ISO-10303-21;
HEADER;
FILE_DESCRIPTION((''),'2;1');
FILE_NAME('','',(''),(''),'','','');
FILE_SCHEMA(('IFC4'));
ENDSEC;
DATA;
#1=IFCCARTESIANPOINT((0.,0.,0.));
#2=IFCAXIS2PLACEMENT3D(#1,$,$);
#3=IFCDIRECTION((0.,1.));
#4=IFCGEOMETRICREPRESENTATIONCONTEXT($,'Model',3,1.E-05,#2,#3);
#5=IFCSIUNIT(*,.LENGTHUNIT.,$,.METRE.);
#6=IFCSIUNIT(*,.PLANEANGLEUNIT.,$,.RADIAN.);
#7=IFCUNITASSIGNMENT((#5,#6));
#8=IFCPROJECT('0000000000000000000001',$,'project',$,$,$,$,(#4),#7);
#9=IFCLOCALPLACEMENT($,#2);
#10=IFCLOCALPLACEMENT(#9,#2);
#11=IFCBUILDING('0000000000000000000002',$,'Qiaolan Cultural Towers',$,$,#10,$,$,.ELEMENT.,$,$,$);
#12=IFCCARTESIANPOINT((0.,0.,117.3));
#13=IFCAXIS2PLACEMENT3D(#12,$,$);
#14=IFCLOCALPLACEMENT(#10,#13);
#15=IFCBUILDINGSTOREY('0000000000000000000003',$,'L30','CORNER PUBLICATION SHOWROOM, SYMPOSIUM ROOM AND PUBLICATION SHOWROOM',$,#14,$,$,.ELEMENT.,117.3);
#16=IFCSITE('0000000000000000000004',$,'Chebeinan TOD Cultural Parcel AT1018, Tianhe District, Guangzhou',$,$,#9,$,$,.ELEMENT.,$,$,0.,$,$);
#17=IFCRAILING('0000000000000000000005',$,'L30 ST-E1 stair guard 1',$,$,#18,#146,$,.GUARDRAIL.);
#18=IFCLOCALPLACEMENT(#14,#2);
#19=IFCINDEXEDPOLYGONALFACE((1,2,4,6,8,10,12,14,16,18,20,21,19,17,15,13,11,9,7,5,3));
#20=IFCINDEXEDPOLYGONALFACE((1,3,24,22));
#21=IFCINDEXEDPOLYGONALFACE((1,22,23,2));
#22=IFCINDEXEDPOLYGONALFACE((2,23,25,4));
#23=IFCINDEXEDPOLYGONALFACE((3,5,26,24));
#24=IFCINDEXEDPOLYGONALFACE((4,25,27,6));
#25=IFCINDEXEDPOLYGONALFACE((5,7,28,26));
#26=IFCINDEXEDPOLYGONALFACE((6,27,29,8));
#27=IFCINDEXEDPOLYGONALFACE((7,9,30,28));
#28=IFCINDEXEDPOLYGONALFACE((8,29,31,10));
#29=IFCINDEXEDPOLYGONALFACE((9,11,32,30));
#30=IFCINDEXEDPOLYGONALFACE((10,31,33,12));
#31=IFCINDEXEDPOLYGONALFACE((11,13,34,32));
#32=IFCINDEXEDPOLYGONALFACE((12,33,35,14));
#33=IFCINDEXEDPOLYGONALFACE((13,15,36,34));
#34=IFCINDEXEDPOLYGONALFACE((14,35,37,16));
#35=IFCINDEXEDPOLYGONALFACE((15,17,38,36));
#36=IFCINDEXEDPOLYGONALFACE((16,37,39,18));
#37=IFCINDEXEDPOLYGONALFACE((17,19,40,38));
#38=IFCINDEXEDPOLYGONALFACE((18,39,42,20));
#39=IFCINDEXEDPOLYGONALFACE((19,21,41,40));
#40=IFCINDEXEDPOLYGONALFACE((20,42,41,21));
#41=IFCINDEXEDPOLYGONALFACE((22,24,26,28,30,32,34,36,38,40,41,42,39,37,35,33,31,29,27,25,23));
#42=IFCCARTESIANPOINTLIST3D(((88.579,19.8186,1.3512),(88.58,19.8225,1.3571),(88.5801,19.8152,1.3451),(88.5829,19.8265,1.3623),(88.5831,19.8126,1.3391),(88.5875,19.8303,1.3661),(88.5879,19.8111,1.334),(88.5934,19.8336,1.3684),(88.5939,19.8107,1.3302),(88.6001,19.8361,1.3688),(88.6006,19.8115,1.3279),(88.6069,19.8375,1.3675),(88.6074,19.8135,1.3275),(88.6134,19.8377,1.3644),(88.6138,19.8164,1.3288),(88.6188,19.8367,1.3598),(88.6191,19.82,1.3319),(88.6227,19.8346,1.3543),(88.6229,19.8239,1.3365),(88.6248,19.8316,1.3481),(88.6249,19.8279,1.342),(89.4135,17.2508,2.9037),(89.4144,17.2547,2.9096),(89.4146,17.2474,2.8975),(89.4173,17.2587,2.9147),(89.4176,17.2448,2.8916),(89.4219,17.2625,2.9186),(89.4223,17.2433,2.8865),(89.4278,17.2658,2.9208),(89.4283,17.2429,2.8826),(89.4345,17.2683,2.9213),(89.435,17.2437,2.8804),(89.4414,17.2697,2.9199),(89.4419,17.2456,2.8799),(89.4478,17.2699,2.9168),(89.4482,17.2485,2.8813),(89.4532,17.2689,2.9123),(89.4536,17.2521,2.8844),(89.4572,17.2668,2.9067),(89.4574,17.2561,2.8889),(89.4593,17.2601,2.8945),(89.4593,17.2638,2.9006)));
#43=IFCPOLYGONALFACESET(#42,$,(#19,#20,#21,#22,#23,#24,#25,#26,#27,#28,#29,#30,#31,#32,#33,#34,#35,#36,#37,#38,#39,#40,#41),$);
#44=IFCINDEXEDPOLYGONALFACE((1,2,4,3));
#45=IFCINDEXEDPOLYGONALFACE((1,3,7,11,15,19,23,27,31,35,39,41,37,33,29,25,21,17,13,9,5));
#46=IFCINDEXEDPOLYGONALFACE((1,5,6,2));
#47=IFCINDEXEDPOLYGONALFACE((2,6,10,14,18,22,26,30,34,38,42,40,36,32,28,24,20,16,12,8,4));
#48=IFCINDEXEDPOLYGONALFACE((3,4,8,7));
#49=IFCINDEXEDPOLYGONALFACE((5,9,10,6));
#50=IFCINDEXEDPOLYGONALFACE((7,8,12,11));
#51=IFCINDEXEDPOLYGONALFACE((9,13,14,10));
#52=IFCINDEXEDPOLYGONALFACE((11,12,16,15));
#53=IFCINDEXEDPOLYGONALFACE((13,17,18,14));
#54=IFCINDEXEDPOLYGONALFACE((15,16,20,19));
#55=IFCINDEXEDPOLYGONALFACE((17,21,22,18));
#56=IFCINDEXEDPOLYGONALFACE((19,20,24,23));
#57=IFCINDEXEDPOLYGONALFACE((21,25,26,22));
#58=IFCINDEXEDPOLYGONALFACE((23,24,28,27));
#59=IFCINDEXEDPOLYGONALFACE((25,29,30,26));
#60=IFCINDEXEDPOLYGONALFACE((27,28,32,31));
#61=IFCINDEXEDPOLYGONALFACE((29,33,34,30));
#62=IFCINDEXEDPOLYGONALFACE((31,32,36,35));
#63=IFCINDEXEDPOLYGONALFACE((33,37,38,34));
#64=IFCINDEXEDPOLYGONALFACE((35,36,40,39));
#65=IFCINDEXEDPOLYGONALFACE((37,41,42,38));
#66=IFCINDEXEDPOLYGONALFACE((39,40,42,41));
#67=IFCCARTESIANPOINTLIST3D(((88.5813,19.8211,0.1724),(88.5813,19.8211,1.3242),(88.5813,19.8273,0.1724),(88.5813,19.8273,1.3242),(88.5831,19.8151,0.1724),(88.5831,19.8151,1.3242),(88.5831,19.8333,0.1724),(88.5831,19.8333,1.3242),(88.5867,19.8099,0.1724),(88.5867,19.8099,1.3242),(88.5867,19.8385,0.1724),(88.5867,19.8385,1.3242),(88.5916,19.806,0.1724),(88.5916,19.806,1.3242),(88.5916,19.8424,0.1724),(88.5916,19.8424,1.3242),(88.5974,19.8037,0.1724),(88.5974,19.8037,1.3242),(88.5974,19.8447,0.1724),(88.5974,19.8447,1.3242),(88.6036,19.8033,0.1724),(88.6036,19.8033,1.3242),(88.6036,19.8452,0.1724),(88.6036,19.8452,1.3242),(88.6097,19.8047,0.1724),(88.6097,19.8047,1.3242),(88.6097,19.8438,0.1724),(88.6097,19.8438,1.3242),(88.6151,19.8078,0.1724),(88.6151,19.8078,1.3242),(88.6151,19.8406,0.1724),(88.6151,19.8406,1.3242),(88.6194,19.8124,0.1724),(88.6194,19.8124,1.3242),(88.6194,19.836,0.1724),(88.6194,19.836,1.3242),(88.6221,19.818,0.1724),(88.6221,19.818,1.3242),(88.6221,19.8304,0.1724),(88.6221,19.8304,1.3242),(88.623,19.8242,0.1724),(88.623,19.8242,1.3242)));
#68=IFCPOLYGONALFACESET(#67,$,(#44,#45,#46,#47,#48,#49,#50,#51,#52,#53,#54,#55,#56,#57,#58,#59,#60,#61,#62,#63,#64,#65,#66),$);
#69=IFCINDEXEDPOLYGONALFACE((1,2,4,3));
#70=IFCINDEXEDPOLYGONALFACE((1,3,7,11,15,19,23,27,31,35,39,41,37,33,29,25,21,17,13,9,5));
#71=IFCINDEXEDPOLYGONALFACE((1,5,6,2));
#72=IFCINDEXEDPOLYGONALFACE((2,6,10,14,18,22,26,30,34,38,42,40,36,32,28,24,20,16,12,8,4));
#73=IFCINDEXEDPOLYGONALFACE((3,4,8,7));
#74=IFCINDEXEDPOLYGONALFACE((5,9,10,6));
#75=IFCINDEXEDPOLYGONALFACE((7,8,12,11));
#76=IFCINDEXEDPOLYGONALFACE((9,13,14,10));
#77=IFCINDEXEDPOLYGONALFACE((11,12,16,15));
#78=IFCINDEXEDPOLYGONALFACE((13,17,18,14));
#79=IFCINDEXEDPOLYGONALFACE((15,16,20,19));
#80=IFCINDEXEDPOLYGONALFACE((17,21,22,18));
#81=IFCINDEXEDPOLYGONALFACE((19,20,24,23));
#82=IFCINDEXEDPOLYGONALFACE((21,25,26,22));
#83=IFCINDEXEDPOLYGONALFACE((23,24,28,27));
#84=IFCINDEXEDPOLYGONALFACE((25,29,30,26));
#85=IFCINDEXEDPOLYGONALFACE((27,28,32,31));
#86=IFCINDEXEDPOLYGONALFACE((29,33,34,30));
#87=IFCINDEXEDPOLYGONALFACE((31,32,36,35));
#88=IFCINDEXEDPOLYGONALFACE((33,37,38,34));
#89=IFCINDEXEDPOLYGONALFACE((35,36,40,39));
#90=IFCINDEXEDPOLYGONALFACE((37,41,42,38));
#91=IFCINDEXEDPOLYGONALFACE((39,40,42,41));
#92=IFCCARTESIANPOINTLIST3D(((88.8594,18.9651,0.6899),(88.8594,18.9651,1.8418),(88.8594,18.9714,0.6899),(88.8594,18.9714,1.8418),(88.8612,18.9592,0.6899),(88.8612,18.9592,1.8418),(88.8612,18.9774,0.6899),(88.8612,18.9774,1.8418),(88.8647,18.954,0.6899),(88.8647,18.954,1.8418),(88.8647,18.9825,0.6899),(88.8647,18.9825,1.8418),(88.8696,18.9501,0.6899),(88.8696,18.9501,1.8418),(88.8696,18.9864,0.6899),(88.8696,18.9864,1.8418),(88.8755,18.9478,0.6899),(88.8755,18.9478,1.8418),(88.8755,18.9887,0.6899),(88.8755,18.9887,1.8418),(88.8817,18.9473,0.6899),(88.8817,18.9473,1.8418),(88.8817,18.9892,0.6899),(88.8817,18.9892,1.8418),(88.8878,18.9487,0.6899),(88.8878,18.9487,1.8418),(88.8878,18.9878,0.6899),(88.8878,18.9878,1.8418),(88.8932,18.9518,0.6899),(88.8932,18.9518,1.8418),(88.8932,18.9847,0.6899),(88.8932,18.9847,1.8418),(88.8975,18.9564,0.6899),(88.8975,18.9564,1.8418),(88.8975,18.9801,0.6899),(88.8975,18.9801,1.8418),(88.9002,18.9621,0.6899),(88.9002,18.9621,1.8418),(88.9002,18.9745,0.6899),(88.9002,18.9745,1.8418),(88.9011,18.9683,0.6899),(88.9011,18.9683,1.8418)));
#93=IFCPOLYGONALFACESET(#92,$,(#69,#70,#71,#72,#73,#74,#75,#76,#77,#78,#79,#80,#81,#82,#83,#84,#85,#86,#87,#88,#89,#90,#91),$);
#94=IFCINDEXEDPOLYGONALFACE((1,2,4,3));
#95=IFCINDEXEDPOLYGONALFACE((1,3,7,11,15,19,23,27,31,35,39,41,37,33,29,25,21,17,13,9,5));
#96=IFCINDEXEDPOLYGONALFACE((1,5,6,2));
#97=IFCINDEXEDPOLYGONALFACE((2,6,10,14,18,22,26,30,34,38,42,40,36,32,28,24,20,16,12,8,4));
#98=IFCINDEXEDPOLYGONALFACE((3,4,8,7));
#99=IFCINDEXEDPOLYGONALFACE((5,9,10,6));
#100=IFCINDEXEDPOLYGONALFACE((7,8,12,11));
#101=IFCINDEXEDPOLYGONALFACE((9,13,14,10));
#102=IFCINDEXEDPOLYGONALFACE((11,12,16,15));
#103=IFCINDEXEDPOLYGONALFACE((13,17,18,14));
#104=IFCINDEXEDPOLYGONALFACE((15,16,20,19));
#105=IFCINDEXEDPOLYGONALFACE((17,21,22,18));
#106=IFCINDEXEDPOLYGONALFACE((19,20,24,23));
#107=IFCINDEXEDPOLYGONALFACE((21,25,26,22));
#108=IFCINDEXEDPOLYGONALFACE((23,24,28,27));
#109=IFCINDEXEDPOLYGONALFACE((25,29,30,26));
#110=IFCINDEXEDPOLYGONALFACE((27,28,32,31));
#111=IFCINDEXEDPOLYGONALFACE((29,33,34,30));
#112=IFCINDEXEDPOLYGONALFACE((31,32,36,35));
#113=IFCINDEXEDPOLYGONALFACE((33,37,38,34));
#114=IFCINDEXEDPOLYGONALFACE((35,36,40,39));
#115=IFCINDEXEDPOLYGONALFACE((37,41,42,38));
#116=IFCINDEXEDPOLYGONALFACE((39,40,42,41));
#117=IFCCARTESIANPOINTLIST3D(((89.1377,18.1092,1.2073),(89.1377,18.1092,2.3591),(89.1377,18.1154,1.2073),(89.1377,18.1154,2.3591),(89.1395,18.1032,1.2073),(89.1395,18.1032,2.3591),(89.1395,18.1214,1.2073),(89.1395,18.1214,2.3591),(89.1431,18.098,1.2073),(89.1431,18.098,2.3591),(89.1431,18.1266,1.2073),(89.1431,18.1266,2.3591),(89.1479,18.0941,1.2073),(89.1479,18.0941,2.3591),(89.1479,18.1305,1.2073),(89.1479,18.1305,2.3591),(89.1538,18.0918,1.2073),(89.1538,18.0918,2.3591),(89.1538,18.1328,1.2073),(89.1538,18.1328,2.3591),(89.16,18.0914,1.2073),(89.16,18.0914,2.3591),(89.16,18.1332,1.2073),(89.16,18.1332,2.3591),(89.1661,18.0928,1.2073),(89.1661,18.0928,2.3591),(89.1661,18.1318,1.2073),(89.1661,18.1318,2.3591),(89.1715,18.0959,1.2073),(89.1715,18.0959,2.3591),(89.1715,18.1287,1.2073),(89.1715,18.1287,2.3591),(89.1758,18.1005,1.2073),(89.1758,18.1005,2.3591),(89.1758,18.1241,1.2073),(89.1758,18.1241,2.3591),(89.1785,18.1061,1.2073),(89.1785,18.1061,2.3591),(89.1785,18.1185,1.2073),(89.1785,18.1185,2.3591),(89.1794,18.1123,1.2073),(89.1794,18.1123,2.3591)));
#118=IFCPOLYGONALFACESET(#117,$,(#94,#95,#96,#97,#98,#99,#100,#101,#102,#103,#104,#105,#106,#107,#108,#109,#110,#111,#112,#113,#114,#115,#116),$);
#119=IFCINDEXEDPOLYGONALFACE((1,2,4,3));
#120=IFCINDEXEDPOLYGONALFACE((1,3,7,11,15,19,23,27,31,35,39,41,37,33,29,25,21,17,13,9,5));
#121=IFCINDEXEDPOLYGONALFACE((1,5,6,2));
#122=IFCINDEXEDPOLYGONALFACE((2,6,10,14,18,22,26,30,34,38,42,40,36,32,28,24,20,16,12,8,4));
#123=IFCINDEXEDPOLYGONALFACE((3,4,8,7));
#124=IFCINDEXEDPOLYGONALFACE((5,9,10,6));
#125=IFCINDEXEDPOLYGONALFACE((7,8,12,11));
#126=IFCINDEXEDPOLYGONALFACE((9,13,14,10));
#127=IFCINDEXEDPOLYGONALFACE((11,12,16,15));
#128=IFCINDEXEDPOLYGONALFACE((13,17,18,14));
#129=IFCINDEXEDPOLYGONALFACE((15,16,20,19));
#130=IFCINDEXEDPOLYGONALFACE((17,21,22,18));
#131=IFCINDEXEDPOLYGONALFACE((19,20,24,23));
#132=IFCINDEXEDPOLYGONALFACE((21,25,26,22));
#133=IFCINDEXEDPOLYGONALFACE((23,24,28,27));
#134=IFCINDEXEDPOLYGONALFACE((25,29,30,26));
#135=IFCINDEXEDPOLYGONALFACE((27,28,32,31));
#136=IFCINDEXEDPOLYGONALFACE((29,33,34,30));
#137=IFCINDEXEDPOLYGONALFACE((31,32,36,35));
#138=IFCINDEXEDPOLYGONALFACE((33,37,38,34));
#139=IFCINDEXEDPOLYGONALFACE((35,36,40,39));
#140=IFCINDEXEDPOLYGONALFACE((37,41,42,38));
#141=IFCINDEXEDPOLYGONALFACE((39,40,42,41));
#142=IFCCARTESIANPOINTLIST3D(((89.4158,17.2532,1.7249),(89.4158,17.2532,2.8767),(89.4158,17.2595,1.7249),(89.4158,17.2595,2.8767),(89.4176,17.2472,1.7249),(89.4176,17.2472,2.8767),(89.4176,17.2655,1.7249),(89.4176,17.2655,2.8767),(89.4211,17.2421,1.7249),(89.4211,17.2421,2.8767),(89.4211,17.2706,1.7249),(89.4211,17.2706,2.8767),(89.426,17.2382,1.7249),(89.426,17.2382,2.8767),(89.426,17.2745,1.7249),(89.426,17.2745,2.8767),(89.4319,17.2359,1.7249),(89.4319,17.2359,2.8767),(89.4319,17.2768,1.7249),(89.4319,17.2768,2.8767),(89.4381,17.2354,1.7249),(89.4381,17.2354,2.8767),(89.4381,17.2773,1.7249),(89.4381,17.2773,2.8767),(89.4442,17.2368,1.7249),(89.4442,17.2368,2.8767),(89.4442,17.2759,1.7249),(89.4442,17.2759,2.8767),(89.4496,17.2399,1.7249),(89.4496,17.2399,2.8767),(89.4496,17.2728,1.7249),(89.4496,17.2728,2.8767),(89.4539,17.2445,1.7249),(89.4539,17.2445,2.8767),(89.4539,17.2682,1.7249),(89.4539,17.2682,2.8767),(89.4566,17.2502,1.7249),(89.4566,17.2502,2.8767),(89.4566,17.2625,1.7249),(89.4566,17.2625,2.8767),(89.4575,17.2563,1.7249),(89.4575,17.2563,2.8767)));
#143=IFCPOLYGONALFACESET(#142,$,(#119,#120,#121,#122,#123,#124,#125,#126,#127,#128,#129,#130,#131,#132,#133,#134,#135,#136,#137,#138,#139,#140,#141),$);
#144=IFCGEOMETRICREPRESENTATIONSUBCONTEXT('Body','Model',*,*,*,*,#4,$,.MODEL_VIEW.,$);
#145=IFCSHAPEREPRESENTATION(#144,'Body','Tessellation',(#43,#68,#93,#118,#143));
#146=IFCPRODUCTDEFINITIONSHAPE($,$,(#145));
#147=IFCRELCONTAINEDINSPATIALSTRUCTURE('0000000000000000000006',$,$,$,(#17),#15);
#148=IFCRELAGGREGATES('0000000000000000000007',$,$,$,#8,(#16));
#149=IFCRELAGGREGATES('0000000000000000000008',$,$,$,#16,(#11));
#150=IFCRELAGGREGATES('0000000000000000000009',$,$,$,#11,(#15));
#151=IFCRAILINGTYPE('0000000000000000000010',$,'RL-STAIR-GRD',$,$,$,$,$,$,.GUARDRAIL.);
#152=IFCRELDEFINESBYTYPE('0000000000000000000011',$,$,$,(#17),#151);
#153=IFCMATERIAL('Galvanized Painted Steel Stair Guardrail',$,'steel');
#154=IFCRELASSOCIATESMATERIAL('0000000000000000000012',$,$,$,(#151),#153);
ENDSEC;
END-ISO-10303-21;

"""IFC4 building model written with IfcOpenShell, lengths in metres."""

from ifc_helpers import new_model, si_unit, direction, frame, origin, origin_2d, place, context, subcontext, project, spatial, circle, extrude, material, type_object, element, save


model = new_model("IFC4")

# Units and contexts
model_context = context("Model", 3, precision=1e-05, world=origin(), true_north=direction((0.0, 1.0)))
body_context = subcontext(model_context, "Body", "Model", "MODEL_VIEW")
ifc_project = project(units=[si_unit("LENGTHUNIT", "METRE"), si_unit("PLANEANGLEUNIT", "RADIAN")], contexts=[model_context])

# Site, building, storey
site_placement = place(None, origin())
site = spatial("IfcSite", under=ifc_project, at=site_placement, Name="Chebeinan TOD Cultural Parcel AT1018, Tianhe District, Guangzhou", CompositionType="ELEMENT", RefElevation=0.0)
building_placement = place(site_placement, origin())
building = spatial("IfcBuilding", under=site, at=building_placement, Name="Qiaolan Cultural Towers", CompositionType="ELEMENT")
storey_placement = place(building_placement, frame((0.0, 0.0, 117.3)))
storey = spatial("IfcBuildingStorey", under=building, at=storey_placement, Name="L30", Description="CORNER PUBLICATION SHOWROOM, SYMPOSIUM ROOM AND PUBLICATION SHOWROOM", CompositionType="ELEMENT", Elevation=117.3)

# Railing
ifc_material_1 = material(Name="Galvanized Painted Steel Stair Guardrail", Category="steel")
railing_type_1 = type_object("IfcRailingType", Name="RL-STAIR-GRD", PredefinedType="GUARDRAIL", material=ifc_material_1)
railing_1_placement = place(storey_placement, frame((88.6021, 19.8242, 0.1724)))
element("IfcRailing", 1, at=railing_1_placement, inside=storey, type_object=railing_type_1, Name="L30 ST-E1 stair guard 1", PredefinedType="GUARDRAIL", context=body_context, shape_type="SweptSolid", body=[
    extrude(circle(Radius=0.0239, at=origin_2d()), frame((0.0, 0.0, 1.1758), z_axis=(0.267926, -0.824471, 0.498461), x_axis=(0.951043, 0.309057, 0.0)), (0.0, 0.0, 1.0), 3.1145),
    extrude(circle(Radius=0.021, at=origin_2d()), origin(), (0.0, 0.0, 1.0), 1.1519),
    extrude(circle(Radius=0.021, at=origin_2d()), frame((0.2781, -0.856, 0.5176)), (0.0, 0.0, 1.0), 1.1519),
    extrude(circle(Radius=0.021, at=origin_2d()), frame((0.5564, -1.7119, 1.0349)), (0.0, 0.0, 1.0), 1.1519),
    extrude(circle(Radius=0.021, at=origin_2d()), frame((0.8345, -2.5679, 1.5525)), (0.0, 0.0, 1.0), 1.1519),
])

save(model, "model.ifc")
